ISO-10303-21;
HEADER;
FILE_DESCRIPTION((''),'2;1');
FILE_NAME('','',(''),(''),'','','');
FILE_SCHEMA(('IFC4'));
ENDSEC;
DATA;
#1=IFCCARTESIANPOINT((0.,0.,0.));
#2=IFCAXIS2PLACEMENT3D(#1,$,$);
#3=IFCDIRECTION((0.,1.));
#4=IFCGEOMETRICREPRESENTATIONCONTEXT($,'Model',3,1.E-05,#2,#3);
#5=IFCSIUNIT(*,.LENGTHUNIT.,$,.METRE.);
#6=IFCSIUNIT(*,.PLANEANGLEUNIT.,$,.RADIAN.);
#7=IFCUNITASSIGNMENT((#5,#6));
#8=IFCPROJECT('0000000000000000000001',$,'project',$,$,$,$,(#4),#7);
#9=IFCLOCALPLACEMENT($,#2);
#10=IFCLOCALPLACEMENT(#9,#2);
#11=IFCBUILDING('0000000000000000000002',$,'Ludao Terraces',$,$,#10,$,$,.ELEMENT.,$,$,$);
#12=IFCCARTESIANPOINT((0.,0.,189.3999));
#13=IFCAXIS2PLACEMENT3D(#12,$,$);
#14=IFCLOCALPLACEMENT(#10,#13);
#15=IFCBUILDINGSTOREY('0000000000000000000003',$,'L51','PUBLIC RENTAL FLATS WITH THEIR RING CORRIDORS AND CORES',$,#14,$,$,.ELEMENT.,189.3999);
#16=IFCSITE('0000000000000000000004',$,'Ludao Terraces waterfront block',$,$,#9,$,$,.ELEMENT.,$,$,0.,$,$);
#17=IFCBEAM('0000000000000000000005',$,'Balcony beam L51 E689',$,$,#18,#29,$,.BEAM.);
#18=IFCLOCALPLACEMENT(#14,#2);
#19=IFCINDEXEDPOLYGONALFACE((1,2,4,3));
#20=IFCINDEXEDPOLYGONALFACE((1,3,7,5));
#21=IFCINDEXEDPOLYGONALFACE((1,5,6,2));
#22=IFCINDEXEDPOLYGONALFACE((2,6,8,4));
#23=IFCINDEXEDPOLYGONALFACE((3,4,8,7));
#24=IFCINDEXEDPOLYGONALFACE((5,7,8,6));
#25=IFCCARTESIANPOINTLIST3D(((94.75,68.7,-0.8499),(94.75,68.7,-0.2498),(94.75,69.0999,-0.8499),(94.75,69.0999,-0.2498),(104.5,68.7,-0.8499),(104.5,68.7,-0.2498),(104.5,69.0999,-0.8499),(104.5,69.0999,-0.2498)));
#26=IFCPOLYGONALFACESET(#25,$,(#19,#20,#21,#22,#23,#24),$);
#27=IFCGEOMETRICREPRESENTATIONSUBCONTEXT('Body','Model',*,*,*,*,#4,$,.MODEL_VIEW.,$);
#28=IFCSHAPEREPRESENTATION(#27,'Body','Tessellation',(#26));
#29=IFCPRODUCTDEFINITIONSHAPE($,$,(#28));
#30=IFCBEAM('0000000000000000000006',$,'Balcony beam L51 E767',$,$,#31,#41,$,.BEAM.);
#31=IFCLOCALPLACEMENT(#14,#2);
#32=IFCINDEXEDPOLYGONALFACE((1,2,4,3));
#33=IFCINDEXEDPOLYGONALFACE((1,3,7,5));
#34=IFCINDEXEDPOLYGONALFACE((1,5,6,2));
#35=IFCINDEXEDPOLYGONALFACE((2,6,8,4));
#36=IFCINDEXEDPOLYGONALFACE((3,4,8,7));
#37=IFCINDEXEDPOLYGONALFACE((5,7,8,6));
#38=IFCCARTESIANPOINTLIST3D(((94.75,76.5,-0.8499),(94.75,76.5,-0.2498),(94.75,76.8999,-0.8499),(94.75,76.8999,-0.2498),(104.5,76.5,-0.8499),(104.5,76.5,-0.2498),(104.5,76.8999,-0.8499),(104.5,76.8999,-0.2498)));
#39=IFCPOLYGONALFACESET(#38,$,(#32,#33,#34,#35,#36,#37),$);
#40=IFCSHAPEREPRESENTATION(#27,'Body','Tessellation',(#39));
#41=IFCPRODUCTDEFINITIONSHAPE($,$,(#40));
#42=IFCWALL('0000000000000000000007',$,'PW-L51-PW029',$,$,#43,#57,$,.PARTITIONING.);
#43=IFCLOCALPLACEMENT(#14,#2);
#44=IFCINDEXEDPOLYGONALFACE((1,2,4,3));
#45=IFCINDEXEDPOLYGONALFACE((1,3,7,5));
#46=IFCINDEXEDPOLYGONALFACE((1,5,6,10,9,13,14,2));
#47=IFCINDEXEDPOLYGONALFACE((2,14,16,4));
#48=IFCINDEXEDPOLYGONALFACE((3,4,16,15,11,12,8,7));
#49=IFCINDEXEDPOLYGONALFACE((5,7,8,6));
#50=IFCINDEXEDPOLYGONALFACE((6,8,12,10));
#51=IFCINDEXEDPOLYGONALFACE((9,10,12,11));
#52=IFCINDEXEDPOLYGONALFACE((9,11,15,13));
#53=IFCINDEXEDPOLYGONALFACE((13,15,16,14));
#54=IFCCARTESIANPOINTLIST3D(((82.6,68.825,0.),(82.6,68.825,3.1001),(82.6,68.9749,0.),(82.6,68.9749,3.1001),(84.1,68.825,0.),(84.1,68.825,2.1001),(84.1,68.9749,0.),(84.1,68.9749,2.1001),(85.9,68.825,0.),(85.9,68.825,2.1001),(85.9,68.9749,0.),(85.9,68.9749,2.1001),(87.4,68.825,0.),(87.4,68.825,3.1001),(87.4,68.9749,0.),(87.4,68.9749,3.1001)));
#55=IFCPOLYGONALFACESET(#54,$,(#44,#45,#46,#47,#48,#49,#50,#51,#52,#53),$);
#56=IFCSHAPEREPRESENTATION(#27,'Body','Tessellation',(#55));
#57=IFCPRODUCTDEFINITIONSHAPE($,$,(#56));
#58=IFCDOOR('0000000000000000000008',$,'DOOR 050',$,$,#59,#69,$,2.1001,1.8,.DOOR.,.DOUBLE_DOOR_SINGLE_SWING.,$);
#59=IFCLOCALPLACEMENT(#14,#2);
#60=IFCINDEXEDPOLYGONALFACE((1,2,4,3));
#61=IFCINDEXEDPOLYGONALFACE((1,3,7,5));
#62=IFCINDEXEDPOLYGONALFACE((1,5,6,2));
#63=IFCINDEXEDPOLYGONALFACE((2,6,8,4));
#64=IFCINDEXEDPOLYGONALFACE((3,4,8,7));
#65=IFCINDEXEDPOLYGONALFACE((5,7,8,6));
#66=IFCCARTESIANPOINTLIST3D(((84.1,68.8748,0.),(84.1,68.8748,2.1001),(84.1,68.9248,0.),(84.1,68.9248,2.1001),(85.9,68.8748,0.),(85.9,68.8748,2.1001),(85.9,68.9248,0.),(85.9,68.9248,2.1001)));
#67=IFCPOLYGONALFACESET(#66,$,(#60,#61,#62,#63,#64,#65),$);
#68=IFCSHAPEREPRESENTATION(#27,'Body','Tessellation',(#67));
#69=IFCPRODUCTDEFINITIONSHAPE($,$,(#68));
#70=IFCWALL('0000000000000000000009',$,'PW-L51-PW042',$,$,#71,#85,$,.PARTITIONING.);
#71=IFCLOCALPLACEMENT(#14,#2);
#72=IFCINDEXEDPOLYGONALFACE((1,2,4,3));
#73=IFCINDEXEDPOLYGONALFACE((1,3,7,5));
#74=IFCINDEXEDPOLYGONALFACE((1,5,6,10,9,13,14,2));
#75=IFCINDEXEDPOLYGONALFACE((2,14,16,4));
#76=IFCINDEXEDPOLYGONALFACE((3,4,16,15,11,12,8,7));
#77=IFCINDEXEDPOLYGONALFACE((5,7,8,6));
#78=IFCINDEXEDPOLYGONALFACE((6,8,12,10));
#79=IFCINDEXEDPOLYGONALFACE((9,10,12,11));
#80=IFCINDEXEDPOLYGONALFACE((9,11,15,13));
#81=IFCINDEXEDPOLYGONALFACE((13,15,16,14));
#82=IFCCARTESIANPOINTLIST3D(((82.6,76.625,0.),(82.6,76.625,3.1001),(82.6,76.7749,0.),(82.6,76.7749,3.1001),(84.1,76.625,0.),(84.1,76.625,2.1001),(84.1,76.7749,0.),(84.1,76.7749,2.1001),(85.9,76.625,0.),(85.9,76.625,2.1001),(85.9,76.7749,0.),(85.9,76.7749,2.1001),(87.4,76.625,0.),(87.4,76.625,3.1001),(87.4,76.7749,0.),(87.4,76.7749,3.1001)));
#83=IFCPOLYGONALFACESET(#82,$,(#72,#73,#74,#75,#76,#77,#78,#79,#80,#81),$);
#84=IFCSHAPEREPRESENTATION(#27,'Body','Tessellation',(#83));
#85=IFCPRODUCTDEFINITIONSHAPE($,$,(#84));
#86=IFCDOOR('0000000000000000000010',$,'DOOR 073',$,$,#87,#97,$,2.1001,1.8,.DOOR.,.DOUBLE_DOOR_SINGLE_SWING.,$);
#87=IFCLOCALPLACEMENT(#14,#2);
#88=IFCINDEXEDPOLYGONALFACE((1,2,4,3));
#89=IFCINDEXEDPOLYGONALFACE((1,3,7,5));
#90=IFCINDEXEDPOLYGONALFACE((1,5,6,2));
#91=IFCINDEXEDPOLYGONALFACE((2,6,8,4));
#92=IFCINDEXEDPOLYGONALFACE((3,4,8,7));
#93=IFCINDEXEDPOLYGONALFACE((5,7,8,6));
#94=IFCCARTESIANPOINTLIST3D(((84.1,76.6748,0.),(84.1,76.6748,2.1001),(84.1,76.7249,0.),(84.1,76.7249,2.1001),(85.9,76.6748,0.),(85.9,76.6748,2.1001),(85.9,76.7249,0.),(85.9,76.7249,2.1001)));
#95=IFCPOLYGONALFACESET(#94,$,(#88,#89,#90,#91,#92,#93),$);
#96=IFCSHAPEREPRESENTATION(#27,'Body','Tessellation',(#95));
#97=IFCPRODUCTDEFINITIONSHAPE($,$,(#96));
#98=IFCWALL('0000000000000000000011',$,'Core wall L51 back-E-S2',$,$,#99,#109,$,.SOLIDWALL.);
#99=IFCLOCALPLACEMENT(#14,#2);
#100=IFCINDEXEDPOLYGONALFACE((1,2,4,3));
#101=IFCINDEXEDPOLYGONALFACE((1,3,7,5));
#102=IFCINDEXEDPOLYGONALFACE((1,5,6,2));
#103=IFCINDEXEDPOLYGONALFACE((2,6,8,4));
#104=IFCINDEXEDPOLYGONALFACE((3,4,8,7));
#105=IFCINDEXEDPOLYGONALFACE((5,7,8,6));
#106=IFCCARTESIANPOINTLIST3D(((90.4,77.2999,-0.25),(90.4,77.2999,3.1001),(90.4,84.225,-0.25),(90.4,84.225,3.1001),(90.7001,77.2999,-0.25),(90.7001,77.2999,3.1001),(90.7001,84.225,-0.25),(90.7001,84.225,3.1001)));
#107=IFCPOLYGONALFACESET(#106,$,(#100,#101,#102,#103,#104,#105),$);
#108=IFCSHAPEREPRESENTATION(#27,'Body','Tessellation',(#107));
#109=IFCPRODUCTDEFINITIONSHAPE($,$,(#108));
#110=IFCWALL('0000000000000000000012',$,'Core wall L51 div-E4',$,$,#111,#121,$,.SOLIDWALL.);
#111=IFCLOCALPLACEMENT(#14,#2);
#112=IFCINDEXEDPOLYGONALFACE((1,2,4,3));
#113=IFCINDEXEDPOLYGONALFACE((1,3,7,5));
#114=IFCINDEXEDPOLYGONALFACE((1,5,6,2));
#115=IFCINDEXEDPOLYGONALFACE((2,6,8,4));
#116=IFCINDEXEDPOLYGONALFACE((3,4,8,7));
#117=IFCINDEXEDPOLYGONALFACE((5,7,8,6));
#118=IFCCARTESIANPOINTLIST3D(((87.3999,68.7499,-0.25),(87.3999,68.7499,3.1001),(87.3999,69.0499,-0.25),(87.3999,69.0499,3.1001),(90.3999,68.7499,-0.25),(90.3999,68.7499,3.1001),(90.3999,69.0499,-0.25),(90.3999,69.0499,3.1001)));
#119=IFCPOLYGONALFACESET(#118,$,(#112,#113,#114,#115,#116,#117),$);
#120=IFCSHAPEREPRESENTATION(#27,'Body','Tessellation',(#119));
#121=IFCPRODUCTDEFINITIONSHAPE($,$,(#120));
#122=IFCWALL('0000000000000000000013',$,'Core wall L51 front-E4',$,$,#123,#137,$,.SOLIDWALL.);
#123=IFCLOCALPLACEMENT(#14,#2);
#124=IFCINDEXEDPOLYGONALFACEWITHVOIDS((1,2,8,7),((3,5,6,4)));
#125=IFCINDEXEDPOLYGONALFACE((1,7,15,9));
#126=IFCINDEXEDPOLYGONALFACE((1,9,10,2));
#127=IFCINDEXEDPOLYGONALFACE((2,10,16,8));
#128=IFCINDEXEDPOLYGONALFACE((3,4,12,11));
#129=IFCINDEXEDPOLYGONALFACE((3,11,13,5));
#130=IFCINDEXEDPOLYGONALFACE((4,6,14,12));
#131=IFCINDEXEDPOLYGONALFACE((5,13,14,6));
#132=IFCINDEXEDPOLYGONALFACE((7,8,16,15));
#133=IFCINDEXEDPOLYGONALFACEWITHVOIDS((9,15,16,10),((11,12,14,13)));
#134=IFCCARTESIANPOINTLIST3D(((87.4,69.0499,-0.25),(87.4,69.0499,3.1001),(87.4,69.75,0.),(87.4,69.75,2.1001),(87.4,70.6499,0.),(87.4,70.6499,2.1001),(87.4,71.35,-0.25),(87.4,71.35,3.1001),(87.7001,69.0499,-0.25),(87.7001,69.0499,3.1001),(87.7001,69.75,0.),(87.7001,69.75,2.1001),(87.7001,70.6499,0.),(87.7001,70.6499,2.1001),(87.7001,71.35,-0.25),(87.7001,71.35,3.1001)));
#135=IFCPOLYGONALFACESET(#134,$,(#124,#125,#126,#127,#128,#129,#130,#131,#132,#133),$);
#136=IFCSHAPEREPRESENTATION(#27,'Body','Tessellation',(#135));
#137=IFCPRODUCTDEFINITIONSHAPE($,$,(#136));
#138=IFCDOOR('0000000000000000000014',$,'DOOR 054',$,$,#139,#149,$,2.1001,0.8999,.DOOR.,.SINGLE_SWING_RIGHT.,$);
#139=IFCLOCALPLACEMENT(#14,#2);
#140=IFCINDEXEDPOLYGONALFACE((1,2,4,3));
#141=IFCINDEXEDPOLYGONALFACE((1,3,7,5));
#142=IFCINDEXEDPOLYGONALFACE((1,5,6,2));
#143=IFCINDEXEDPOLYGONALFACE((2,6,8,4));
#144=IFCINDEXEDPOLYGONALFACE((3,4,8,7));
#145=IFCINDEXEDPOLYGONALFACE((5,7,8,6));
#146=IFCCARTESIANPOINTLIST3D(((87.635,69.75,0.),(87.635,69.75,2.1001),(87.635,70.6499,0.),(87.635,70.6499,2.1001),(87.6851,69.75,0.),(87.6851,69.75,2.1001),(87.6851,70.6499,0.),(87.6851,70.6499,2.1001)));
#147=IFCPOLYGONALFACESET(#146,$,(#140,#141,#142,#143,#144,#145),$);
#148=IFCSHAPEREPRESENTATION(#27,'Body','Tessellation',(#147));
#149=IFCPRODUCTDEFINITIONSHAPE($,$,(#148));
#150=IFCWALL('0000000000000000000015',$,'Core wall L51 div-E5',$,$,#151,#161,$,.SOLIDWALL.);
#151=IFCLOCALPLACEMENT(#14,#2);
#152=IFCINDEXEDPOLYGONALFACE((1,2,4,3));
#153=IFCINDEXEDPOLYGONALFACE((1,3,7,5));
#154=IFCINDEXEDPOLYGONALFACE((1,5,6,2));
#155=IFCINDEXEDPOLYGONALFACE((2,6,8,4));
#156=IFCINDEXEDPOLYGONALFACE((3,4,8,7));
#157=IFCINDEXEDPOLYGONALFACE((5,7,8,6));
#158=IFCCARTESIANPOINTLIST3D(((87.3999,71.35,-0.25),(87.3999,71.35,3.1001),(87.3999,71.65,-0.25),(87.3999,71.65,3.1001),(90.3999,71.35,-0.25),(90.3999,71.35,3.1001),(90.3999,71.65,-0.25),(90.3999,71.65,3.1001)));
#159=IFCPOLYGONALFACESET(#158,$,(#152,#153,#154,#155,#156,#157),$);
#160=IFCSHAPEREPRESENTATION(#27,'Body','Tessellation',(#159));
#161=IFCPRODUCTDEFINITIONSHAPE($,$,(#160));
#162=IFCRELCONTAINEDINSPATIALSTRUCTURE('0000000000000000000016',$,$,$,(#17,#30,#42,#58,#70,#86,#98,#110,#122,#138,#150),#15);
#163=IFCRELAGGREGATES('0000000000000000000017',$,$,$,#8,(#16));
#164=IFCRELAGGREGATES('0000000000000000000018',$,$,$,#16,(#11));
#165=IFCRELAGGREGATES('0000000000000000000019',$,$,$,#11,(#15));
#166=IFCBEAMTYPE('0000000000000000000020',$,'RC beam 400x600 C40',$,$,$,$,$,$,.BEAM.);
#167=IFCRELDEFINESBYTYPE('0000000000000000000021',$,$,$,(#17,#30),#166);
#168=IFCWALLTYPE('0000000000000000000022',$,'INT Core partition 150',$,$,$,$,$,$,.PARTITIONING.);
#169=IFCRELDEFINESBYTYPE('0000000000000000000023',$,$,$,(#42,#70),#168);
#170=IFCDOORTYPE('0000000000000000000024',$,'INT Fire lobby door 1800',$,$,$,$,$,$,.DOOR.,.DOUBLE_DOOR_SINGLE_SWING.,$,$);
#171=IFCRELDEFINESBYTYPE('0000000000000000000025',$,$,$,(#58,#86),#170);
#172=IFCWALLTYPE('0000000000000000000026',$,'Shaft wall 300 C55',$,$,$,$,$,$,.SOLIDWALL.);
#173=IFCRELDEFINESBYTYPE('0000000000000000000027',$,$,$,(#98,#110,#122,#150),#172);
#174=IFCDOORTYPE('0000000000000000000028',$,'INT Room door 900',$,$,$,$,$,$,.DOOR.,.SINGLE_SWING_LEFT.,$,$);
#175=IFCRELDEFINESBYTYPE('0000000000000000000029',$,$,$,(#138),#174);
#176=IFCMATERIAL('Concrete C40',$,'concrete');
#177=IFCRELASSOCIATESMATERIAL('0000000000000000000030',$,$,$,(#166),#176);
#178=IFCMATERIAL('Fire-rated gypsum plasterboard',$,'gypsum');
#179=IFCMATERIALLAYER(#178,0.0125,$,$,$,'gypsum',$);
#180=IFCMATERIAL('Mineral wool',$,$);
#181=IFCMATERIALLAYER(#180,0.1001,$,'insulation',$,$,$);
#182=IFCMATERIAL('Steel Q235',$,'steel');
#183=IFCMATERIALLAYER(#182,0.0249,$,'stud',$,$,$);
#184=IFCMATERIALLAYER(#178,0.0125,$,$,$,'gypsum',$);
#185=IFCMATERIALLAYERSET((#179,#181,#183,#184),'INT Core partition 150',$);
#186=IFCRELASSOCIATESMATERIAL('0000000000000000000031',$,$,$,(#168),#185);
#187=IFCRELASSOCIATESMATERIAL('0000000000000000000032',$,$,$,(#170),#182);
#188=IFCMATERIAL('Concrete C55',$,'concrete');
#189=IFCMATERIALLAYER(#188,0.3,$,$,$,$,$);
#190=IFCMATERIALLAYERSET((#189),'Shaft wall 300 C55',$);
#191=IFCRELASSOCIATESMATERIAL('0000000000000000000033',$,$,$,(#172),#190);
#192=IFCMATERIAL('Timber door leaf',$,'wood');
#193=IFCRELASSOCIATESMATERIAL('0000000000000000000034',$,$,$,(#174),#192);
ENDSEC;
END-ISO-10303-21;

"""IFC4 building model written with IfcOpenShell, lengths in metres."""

from ifc_helpers import new_model, si_unit, direction, frame, frame_2d, origin, origin_2d, place, context, subcontext, project, spatial, rectangle, extrude, material, layer, layer_set, material_profile, profile_set, type_object, element, fill, save


model = new_model("IFC4")

# Units and contexts
model_context = context("Model", 3, precision=1e-05, world=origin(), true_north=direction((0.0, 1.0)))
body_context = subcontext(model_context, "Body", "Model", "MODEL_VIEW")
ifc_project = project(units=[si_unit("LENGTHUNIT", "METRE"), si_unit("PLANEANGLEUNIT", "RADIAN")], contexts=[model_context])

# Site, building, storey
site_placement = place(None, origin())
site = spatial("IfcSite", under=ifc_project, at=site_placement, Name="Ludao Terraces waterfront block", CompositionType="ELEMENT", RefElevation=0.0)
building_placement = place(site_placement, origin())
building = spatial("IfcBuilding", under=site, at=building_placement, Name="Ludao Terraces", CompositionType="ELEMENT")
storey_placement = place(building_placement, frame((0.0, 0.0, 189.3999)))
storey = spatial("IfcBuildingStorey", under=building, at=storey_placement, Name="L51", Description="PUBLIC RENTAL FLATS WITH THEIR RING CORRIDORS AND CORES", CompositionType="ELEMENT", Elevation=189.3999)

# Beams
ifc_material_1 = material(Name="Concrete C40", Category="concrete")
ifc_material_profile = material_profile(ifc_material_1, rectangle(XDim=0.3999, YDim=0.6001, at=origin_2d()), Name="400 X 600")
ifc_profile_set = profile_set([ifc_material_profile], Name="Concrete C40")
beam_type = type_object("IfcBeamType", Name="RC beam 400x600 C40", PredefinedType="BEAM", material=ifc_profile_set)
for number, where, z_axis, x_axis, name in (
    (1, (94.75, 68.8999, -0.5498), (1.0, 0.0, 0.0), (0.0, 1.0, 0.0), "Balcony beam L51 E689"),
    (2, (94.75, 76.7, -0.5498), (1.0, 0.0, 0.0), (0.0, 1.0, 0.0), "Balcony beam L51 E767"),
):
    element("IfcBeam", number, at=place(storey_placement, frame(where, z_axis=z_axis, x_axis=x_axis)), inside=storey, type_object=beam_type, Name=name, PredefinedType="BEAM", context=body_context, shape_type="SweptSolid", body=[
        extrude(rectangle(XDim=0.3999, YDim=0.6001, at=origin_2d()), origin(), (0.0, 0.0, 1.0), 9.75),
    ])

# Walls, openings, doors
ifc_material_2 = material(Name="Fire-rated gypsum plasterboard", Category="gypsum")
ifc_layer_1 = layer(ifc_material_2, 0.0125, Category="gypsum")
ifc_material_3 = material(Name="Mineral wool")
ifc_layer_2 = layer(ifc_material_3, 0.1001, Name="insulation")
ifc_material_4 = material(Name="Steel Q235", Category="steel")
ifc_layer_3 = layer(ifc_material_4, 0.0249, Name="stud")
ifc_layer_4 = layer(ifc_material_2, 0.0125, Category="gypsum")
ifc_layer_set_1 = layer_set([ifc_layer_1, ifc_layer_2, ifc_layer_3, ifc_layer_4], Name="INT Core partition 150")
wall_type_1 = type_object("IfcWallType", Name="INT Core partition 150", PredefinedType="PARTITIONING", material=ifc_layer_set_1)
wall_1_placement = place(storey_placement, frame((82.6001, 68.8999, 0.0), z_axis=(0.0, 0.0, 1.0), x_axis=(1.0, 0.0, 0.0)))
wall_1 = element("IfcWall", 3, at=wall_1_placement, inside=storey, type_object=wall_type_1, Name="PW-L51-PW029", PredefinedType="PARTITIONING", context=body_context, shape_type="SweptSolid", body=[
    extrude(rectangle(XDim=4.8, YDim=0.1499, at=frame_2d((2.3999, 0.0))), origin(), (0.0, 0.0, 1.0), 3.1001),
])
opening_1_placement = place(wall_1_placement, frame((1.5, 0.0, 0.0)))
opening_1 = element("IfcOpeningElement", 4, at=opening_1_placement, cuts=wall_1, PredefinedType="OPENING", context=body_context, shape_type="SweptSolid", body=[
    extrude(rectangle(XDim=1.8, YDim=2.1001, at=frame_2d((0.8999, 1.05))), frame((0.0, 0.085, 0.0), z_axis=(0.0, -1.0, 0.0), x_axis=(1.0, 0.0, 0.0)), (0.0, 0.0, 1.0), 0.1699),
])
door_type_1 = type_object("IfcDoorType", Name="INT Fire lobby door 1800", OperationType="DOUBLE_DOOR_SINGLE_SWING", PredefinedType="DOOR", material=ifc_material_4)
door_1_placement = place(opening_1_placement, origin())
door_1 = element("IfcDoor", 5, at=door_1_placement, inside=storey, type_object=door_type_1, Name="DOOR 050", OperationType="DOUBLE_DOOR_SINGLE_SWING", OverallHeight=2.1001, OverallWidth=1.8, PredefinedType="DOOR", context=body_context, shape_type="SweptSolid", body=[
    extrude(rectangle(XDim=1.8, YDim=2.1001, at=frame_2d((0.8999, 1.05))), frame((0.0, 0.0249, 0.0), z_axis=(0.0, -1.0, 0.0), x_axis=(1.0, 0.0, 0.0)), (0.0, 0.0, 1.0), 0.05),
])
fill(opening_1, door_1)
wall_2_placement = place(storey_placement, frame((82.6001, 76.7, 0.0), z_axis=(0.0, 0.0, 1.0), x_axis=(1.0, 0.0, 0.0)))
wall_2 = element("IfcWall", 6, at=wall_2_placement, inside=storey, type_object=wall_type_1, Name="PW-L51-PW042", PredefinedType="PARTITIONING", context=body_context, shape_type="SweptSolid", body=[
    extrude(rectangle(XDim=4.8, YDim=0.1499, at=frame_2d((2.3999, 0.0))), origin(), (0.0, 0.0, 1.0), 3.1001),
])
opening_2_placement = place(wall_2_placement, frame((1.5, 0.0, 0.0)))
opening_2 = element("IfcOpeningElement", 7, at=opening_2_placement, cuts=wall_2, PredefinedType="OPENING", context=body_context, shape_type="SweptSolid", body=[
    extrude(rectangle(XDim=1.8, YDim=2.1001, at=frame_2d((0.8999, 1.05))), frame((0.0, 0.085, 0.0), z_axis=(0.0, -1.0, 0.0), x_axis=(1.0, 0.0, 0.0)), (0.0, 0.0, 1.0), 0.1699),
])
door_2_placement = place(opening_2_placement, origin())
door_2 = element("IfcDoor", 8, at=door_2_placement, inside=storey, type_object=door_type_1, Name="DOOR 073", OperationType="DOUBLE_DOOR_SINGLE_SWING", OverallHeight=2.1001, OverallWidth=1.8, PredefinedType="DOOR", context=body_context, shape_type="SweptSolid", body=[
    extrude(rectangle(XDim=1.8, YDim=2.1001, at=frame_2d((0.8999, 1.05))), frame((0.0, 0.0249, 0.0), z_axis=(0.0, -1.0, 0.0), x_axis=(1.0, 0.0, 0.0)), (0.0, 0.0, 1.0), 0.05),
])
fill(opening_2, door_2)

# Walls
ifc_material_5 = material(Name="Concrete C55", Category="concrete")
ifc_layer_5 = layer(ifc_material_5, 0.3)
ifc_layer_set_2 = layer_set([ifc_layer_5], Name="Shaft wall 300 C55")
wall_type_2 = type_object("IfcWallType", Name="Shaft wall 300 C55", PredefinedType="SOLIDWALL", material=ifc_layer_set_2)
wall_3_placement = place(storey_placement, frame((90.55, 77.3, -0.25), z_axis=(0.0, 0.0, 1.0), x_axis=(0.0, 1.0, 0.0)))
element("IfcWall", 9, at=wall_3_placement, inside=storey, type_object=wall_type_2, Name="Core wall L51 back-E-S2", PredefinedType="SOLIDWALL", context=body_context, shape_type="SweptSolid", body=[
    extrude(rectangle(XDim=6.925, YDim=0.3, at=frame_2d((3.4624, 0.0))), origin(), (0.0, 0.0, 1.0), 3.3501),
])
wall_4_placement = place(storey_placement, frame((87.3999, 68.8999, -0.25), z_axis=(0.0, 0.0, 1.0), x_axis=(1.0, 0.0, 0.0)))
element("IfcWall", 10, at=wall_4_placement, inside=storey, type_object=wall_type_2, Name="Core wall L51 div-E4", PredefinedType="SOLIDWALL", context=body_context, shape_type="SweptSolid", body=[
    extrude(rectangle(XDim=3.0, YDim=0.3, at=frame_2d((1.5, 0.0))), origin(), (0.0, 0.0, 1.0), 3.3501),
])

# Wall, opening, door
wall_5_placement = place(storey_placement, frame((87.55, 69.05, -0.25), z_axis=(0.0, 0.0, 1.0), x_axis=(0.0, 1.0, 0.0)))
wall_5 = element("IfcWall", 11, at=wall_5_placement, inside=storey, type_object=wall_type_2, Name="Core wall L51 front-E4", PredefinedType="SOLIDWALL", context=body_context, shape_type="SweptSolid", body=[
    extrude(rectangle(XDim=2.3, YDim=0.3, at=frame_2d((1.1499, 0.0))), origin(), (0.0, 0.0, 1.0), 3.3501),
])
opening_3_placement = place(wall_5_placement, frame((0.7, 0.0, 0.25)))
opening_3 = element("IfcOpeningElement", 12, at=opening_3_placement, cuts=wall_5, PredefinedType="OPENING", context=body_context, shape_type="SweptSolid", body=[
    extrude(rectangle(XDim=0.8999, YDim=2.1001, at=frame_2d((0.45, 1.05))), frame((0.0, 0.1602, 0.0), z_axis=(0.0, -1.0, 0.0), x_axis=(1.0, 0.0, 0.0)), (0.0, 0.0, 1.0), 0.3201),
])
ifc_material_6 = material(Name="Timber door leaf", Category="wood")
door_type_2 = type_object("IfcDoorType", Name="INT Room door 900", OperationType="SINGLE_SWING_LEFT", PredefinedType="DOOR", material=ifc_material_6)
door_3_placement = place(opening_3_placement, origin())
door_3 = element("IfcDoor", 13, at=door_3_placement, inside=storey, type_object=door_type_2, Name="DOOR 054", OperationType="SINGLE_SWING_RIGHT", OverallHeight=2.1001, OverallWidth=0.8999, PredefinedType="DOOR", context=body_context, shape_type="SweptSolid", body=[
    extrude(rectangle(XDim=0.8999, YDim=2.1001, at=frame_2d((0.45, 1.05))), frame((0.0, -0.085, 0.0), z_axis=(0.0, -1.0, 0.0), x_axis=(1.0, 0.0, 0.0)), (0.0, 0.0, 1.0), 0.05),
])
fill(opening_3, door_3)

# Wall
wall_6_placement = place(storey_placement, frame((87.3999, 71.5, -0.25), z_axis=(0.0, 0.0, 1.0), x_axis=(1.0, 0.0, 0.0)))
element("IfcWall", 14, at=wall_6_placement, inside=storey, type_object=wall_type_2, Name="Core wall L51 div-E5", PredefinedType="SOLIDWALL", context=body_context, shape_type="SweptSolid", body=[
    extrude(rectangle(XDim=3.0, YDim=0.3, at=frame_2d((1.5, 0.0))), origin(), (0.0, 0.0, 1.0), 3.3501),
])

save(model, "model.ifc")
